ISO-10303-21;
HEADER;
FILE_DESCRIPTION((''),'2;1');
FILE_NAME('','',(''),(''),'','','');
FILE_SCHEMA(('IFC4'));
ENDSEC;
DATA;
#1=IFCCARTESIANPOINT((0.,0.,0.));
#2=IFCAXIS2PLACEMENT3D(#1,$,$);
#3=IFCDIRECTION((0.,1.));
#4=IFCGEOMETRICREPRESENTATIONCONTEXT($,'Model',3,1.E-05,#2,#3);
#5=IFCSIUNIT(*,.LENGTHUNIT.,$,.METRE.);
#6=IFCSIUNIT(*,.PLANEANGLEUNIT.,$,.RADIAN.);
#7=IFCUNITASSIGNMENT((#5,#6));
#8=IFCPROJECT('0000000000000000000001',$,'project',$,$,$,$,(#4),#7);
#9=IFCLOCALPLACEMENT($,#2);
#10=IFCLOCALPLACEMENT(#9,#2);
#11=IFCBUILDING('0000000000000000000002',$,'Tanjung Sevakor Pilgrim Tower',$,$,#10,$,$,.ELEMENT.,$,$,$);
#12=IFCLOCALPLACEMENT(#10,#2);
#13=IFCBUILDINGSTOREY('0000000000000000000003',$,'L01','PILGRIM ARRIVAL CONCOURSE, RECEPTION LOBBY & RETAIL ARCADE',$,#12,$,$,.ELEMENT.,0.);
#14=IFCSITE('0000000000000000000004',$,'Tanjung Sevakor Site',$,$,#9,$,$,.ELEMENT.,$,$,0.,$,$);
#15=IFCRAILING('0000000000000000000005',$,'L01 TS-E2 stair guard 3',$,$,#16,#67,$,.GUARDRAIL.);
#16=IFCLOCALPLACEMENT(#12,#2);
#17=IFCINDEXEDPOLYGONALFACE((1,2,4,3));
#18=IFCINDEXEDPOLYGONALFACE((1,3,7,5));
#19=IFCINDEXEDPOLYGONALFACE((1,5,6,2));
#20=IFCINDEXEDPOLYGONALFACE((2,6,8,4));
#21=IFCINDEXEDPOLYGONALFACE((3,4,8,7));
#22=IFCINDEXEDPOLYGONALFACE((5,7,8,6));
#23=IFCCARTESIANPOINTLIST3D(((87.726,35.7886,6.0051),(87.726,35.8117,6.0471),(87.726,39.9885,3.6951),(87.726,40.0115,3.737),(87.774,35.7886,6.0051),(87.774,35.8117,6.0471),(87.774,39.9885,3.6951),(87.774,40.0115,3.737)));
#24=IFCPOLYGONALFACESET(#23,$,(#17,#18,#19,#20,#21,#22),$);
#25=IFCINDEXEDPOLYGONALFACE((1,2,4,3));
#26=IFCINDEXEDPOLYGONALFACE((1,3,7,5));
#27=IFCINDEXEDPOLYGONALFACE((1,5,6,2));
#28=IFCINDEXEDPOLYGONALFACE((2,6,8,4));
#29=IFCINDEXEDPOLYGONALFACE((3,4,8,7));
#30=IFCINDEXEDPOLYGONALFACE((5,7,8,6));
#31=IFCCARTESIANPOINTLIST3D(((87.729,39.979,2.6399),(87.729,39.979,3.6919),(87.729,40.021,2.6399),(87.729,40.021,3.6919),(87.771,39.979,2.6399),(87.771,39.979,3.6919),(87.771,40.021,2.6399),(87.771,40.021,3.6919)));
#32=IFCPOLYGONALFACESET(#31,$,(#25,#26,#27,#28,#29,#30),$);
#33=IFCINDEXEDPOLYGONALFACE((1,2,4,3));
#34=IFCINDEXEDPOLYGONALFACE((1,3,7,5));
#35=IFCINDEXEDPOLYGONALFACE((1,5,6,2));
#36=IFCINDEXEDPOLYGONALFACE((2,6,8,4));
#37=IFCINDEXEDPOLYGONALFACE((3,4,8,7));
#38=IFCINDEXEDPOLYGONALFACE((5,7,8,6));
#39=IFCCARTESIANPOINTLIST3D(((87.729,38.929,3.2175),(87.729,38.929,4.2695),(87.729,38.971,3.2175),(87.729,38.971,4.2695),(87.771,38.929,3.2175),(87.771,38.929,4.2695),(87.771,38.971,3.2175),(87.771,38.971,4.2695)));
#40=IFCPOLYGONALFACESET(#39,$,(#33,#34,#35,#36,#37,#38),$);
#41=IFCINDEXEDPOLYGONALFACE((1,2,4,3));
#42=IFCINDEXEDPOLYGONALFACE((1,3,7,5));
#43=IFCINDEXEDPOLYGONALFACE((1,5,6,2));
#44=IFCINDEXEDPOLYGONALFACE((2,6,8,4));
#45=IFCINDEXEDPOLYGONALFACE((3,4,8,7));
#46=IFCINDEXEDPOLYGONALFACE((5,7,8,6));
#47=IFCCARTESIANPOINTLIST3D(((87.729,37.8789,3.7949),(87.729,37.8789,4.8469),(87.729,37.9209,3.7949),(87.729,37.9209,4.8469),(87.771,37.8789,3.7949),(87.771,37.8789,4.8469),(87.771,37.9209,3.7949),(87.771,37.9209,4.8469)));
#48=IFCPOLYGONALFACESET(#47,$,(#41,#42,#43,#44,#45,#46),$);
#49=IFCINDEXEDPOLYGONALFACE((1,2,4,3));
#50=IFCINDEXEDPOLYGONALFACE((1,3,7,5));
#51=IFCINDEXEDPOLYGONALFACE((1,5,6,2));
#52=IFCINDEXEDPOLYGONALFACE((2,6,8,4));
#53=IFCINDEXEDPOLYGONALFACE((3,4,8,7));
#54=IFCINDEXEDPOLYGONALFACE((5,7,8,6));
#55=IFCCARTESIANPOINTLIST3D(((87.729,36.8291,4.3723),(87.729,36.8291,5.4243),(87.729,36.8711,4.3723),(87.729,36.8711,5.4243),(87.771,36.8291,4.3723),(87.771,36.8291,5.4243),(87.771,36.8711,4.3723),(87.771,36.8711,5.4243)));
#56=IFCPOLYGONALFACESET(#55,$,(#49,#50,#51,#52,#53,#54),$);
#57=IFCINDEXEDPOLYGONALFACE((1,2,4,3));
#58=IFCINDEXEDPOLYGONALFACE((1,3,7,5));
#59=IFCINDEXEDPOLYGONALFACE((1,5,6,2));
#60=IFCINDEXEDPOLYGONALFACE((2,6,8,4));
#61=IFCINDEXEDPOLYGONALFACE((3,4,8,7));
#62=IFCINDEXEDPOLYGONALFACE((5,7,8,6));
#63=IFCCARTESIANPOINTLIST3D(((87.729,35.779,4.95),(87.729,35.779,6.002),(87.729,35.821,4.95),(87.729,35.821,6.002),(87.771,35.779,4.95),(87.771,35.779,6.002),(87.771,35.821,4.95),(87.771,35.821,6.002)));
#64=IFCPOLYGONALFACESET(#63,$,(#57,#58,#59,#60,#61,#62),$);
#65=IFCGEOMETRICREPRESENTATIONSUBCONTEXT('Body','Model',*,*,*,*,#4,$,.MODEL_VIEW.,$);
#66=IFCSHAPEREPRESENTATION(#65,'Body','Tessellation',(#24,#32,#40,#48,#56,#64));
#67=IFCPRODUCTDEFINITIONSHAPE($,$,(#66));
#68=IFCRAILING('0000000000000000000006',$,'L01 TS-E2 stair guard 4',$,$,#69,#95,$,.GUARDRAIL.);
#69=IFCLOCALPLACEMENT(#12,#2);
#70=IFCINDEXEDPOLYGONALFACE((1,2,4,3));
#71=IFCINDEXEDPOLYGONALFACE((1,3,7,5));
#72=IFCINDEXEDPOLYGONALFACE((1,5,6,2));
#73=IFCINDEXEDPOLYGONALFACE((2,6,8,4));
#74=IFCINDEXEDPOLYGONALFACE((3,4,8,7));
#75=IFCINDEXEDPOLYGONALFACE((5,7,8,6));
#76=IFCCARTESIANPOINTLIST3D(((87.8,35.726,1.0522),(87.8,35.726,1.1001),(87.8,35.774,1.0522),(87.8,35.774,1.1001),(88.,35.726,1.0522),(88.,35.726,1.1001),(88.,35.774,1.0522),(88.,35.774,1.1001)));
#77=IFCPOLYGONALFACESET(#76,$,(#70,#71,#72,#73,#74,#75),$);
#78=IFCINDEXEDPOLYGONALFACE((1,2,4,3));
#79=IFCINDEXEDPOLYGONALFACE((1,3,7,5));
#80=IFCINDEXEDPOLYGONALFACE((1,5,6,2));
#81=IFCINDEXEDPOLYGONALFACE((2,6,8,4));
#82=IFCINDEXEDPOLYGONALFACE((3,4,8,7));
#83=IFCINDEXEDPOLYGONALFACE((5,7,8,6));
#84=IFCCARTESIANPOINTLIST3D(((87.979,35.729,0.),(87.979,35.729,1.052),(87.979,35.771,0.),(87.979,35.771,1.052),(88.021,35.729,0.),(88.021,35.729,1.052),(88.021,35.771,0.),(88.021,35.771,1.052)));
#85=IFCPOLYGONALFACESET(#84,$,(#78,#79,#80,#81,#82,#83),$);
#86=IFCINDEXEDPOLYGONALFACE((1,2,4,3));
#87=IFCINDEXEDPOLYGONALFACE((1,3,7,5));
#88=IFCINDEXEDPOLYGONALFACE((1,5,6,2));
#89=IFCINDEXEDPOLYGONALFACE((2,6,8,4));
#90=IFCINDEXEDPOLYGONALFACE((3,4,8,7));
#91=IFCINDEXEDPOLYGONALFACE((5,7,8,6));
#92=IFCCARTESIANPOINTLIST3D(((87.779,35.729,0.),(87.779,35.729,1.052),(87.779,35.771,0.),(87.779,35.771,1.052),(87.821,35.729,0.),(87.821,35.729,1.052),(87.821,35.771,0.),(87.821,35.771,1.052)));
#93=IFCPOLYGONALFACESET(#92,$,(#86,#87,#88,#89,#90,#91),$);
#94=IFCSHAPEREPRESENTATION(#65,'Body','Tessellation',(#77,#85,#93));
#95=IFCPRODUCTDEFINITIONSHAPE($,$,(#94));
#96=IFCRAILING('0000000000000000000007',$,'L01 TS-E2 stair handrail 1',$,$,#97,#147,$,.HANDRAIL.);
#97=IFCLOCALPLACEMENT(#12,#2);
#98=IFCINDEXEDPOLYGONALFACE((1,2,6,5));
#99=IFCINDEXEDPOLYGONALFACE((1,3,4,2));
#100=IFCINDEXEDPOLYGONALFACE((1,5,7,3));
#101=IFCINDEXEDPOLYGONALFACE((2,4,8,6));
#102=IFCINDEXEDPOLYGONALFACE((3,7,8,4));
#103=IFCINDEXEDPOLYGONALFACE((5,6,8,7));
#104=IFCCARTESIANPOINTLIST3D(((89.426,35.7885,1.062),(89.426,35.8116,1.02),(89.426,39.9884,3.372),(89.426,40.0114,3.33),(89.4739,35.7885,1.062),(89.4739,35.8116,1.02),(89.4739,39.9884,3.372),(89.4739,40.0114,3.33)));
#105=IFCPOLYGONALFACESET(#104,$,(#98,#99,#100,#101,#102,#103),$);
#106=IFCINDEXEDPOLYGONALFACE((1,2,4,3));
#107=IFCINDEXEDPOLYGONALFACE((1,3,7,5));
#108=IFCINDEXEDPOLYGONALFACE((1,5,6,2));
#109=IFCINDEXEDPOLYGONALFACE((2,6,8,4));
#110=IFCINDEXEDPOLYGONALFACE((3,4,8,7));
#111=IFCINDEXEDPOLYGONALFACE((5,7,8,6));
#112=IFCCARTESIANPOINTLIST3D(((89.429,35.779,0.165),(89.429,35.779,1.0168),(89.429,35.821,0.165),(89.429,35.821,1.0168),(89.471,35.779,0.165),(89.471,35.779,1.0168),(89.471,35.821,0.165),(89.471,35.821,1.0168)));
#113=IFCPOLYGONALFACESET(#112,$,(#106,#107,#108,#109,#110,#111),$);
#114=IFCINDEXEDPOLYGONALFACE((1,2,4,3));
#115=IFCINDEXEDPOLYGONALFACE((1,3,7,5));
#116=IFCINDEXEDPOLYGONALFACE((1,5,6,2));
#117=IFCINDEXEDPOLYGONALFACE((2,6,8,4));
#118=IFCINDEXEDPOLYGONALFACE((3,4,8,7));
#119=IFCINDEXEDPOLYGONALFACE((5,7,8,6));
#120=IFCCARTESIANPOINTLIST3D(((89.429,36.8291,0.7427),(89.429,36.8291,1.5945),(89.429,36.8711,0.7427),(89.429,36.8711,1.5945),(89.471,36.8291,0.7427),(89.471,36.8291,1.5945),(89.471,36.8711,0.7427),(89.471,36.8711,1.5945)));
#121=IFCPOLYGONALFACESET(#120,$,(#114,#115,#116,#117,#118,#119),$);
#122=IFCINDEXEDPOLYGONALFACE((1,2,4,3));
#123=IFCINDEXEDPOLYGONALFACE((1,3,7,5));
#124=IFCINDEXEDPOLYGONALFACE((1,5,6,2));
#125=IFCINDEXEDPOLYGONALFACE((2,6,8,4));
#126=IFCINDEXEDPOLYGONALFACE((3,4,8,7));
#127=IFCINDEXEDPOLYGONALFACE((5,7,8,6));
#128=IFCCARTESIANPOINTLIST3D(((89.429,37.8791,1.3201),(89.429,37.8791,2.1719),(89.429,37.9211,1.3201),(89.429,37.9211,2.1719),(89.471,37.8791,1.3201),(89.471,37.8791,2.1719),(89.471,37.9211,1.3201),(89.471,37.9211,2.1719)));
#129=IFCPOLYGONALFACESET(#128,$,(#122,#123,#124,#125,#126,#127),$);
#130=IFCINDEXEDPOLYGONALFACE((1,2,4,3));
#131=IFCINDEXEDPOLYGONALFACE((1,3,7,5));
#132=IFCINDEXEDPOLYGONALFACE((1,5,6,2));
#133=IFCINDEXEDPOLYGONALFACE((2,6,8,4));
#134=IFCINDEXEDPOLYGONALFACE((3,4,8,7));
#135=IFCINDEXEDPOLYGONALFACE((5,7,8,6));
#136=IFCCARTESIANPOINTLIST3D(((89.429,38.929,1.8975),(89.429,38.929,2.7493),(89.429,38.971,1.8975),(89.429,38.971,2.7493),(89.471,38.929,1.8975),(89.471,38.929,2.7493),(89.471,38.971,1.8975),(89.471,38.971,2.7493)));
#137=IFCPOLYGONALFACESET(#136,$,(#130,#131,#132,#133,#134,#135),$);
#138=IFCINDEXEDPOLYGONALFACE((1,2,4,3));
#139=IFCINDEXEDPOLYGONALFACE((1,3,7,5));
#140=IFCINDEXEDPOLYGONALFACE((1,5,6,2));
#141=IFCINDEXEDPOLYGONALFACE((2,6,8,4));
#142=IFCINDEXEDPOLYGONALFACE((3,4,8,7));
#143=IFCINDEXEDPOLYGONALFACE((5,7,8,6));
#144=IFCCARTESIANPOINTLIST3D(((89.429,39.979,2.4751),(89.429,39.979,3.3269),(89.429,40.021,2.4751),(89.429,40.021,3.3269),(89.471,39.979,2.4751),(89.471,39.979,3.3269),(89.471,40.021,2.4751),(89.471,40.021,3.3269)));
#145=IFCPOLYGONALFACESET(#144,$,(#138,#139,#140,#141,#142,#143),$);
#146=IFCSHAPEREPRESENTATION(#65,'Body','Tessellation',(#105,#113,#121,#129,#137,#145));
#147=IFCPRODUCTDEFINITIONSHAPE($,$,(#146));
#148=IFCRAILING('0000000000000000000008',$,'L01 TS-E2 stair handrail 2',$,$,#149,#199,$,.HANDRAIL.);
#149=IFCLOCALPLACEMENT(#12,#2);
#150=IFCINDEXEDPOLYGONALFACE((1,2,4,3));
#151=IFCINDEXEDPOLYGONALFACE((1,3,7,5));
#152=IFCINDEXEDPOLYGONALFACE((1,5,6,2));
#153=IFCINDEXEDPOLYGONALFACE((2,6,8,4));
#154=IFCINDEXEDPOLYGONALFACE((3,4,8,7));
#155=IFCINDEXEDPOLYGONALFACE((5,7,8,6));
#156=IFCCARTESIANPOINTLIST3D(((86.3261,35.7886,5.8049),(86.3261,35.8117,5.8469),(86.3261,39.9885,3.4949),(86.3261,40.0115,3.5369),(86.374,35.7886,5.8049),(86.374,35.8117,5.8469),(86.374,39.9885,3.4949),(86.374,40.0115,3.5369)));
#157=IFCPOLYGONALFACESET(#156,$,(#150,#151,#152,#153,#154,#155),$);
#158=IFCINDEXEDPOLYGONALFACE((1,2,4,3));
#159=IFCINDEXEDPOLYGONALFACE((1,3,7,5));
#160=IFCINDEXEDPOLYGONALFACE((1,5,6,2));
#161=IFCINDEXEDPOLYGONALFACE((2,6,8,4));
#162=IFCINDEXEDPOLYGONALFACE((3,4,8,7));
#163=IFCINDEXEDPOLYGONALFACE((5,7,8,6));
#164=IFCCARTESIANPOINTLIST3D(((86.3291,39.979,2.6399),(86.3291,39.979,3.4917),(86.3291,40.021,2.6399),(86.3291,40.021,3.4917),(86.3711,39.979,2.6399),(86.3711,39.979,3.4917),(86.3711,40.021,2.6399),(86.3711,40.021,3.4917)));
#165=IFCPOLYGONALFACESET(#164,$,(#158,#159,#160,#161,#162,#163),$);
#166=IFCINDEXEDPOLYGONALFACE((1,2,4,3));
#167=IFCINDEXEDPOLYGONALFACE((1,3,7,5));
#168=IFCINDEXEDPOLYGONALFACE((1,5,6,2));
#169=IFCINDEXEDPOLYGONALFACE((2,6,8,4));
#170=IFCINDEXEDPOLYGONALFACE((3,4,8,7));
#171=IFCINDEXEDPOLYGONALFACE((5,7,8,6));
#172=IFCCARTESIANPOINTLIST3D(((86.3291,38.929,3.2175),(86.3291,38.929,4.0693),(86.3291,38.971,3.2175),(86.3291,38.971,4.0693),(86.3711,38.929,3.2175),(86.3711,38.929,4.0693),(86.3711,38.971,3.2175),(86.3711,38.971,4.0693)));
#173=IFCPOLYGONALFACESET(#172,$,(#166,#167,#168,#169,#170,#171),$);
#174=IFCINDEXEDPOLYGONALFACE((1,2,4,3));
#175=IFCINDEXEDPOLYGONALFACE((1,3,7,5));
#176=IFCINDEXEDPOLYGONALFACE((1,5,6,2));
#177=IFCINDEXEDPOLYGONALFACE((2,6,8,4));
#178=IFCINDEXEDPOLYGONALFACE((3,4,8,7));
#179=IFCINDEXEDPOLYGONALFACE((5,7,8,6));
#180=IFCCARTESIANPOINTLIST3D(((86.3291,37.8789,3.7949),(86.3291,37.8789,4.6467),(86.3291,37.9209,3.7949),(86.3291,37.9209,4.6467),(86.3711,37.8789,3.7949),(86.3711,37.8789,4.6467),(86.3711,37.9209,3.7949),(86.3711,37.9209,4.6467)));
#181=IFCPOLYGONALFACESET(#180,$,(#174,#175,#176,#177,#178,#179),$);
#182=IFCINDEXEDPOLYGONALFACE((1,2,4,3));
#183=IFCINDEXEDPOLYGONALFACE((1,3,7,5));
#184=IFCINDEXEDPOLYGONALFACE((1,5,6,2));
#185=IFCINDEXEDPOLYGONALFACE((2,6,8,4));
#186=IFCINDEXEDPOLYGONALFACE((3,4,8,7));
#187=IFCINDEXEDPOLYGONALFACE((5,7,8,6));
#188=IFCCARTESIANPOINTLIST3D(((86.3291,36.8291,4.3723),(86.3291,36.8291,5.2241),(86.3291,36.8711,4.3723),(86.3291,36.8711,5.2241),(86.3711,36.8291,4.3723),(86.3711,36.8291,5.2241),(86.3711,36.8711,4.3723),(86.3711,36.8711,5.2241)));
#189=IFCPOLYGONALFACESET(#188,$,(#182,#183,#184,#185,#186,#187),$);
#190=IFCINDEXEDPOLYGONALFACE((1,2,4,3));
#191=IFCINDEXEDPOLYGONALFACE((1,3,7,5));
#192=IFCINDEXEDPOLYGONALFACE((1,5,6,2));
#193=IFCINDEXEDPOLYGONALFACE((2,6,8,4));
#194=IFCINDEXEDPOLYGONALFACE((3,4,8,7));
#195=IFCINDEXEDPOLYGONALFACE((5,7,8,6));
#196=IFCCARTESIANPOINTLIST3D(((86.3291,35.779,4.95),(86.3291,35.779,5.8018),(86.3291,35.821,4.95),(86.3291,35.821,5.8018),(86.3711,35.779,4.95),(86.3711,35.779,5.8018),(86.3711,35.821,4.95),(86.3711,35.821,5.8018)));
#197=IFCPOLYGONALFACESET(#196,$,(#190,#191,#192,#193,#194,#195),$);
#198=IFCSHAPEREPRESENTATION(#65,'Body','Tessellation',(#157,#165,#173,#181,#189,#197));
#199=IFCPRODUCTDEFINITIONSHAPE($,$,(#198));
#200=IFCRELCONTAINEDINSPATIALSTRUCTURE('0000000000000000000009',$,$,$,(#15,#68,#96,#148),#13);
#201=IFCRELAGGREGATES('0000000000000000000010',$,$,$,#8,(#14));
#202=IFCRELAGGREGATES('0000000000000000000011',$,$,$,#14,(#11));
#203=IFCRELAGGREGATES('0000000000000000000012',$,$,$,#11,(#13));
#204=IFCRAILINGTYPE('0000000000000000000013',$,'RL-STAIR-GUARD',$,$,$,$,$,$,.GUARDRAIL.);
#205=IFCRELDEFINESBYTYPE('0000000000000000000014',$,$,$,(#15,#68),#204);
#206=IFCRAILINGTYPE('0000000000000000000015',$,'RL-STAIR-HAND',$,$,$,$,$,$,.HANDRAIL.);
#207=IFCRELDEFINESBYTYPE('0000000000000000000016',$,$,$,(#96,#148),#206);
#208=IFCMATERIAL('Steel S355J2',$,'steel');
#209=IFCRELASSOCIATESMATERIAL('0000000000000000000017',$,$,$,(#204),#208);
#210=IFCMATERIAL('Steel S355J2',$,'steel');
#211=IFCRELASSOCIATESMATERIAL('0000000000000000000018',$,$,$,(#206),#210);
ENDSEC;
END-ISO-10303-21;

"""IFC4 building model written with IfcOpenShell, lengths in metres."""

from ifc_helpers import new_model, si_unit, direction, frame, origin, place, context, subcontext, project, spatial, rectangle, extrude, material, type_object, element, save


model = new_model("IFC4")

# Units and contexts
model_context = context("Model", 3, precision=1e-05, world=origin(), true_north=direction((0.0, 1.0)))
body_context = subcontext(model_context, "Body", "Model", "MODEL_VIEW")
ifc_project = project(units=[si_unit("LENGTHUNIT", "METRE"), si_unit("PLANEANGLEUNIT", "RADIAN")], contexts=[model_context])

# Site, building, storey
site_placement = place(None, origin())
site = spatial("IfcSite", under=ifc_project, at=site_placement, Name="Tanjung Sevakor Site", CompositionType="ELEMENT", RefElevation=0.0)
building_placement = place(site_placement, origin())
building = spatial("IfcBuilding", under=site, at=building_placement, Name="Tanjung Sevakor Pilgrim Tower", CompositionType="ELEMENT")
storey_placement = place(building_placement, origin())
storey = spatial("IfcBuildingStorey", under=building, at=storey_placement, Name="L01", Description="PILGRIM ARRIVAL CONCOURSE, RECEPTION LOBBY & RETAIL ARCADE", CompositionType="ELEMENT", Elevation=0.0)

# Railings
ifc_material_1 = material(Name="Steel S355J2", Category="steel")
railing_type_1 = type_object("IfcRailingType", Name="RL-STAIR-GUARD", PredefinedType="GUARDRAIL", material=ifc_material_1)
railing_1_placement = place(storey_placement, frame((87.75, 40.0, 2.6399)))
element("IfcRailing", 1, at=railing_1_placement, inside=storey, type_object=railing_type_1, Name="L01 TS-E2 stair guard 3", PredefinedType="GUARDRAIL", context=body_context, shape_type="SweptSolid", body=[
    extrude(rectangle(XDim=0.0479, YDim=0.0479), frame((0.0, 0.0, 1.0762), z_axis=(0.0, -0.876208, 0.481932), x_axis=(1.0, 0.0, 0.0)), (0.0, 0.0, 1.0), 4.7932),
    extrude(rectangle(XDim=0.042, YDim=0.042), origin(), (0.0, 0.0, 1.0), 1.052),
    extrude(rectangle(XDim=0.042, YDim=0.042), frame((0.0, -1.05, 0.5776)), (0.0, 0.0, 1.0), 1.052),
    extrude(rectangle(XDim=0.042, YDim=0.042), frame((0.0, -2.1001, 1.155)), (0.0, 0.0, 1.0), 1.052),
    extrude(rectangle(XDim=0.042, YDim=0.042), frame((0.0, -3.1499, 1.7324)), (0.0, 0.0, 1.0), 1.052),
    extrude(rectangle(XDim=0.042, YDim=0.042), frame((0.0, -4.2, 2.3101)), (0.0, 0.0, 1.0), 1.052),
])
railing_2_placement = place(storey_placement, frame((88.0, 35.75, 0.0)))
element("IfcRailing", 2, at=railing_2_placement, inside=storey, type_object=railing_type_1, Name="L01 TS-E2 stair guard 4", PredefinedType="GUARDRAIL", context=body_context, shape_type="SweptSolid", body=[
    extrude(rectangle(XDim=0.0479, YDim=0.0479), frame((0.0, 0.0, 1.0762), z_axis=(-1.0, 0.0, 0.0), x_axis=(0.0, -1.0, 0.0)), (0.0, 0.0, 1.0), 0.2),
    extrude(rectangle(XDim=0.042, YDim=0.042), origin(), (0.0, 0.0, 1.0), 1.052),
    extrude(rectangle(XDim=0.042, YDim=0.042), frame((-0.2, 0.0, 0.0)), (0.0, 0.0, 1.0), 1.052),
])
ifc_material_2 = material(Name="Steel S355J2", Category="steel")
railing_type_2 = type_object("IfcRailingType", Name="RL-STAIR-HAND", PredefinedType="HANDRAIL", material=ifc_material_2)
railing_3_placement = place(storey_placement, frame((89.45, 35.8, 0.165)))
element("IfcRailing", 3, at=railing_3_placement, inside=storey, type_object=railing_type_2, Name="L01 TS-E2 stair handrail 1", PredefinedType="HANDRAIL", context=body_context, shape_type="SweptSolid", body=[
    extrude(rectangle(XDim=0.0479, YDim=0.0479), frame((0.0, 0.0, 0.876), z_axis=(0.0, 0.876208, 0.481932), x_axis=(-1.0, 0.0, 0.0)), (0.0, 0.0, 1.0), 4.7932),
    extrude(rectangle(XDim=0.042, YDim=0.042), origin(), (0.0, 0.0, 1.0), 0.8518),
    extrude(rectangle(XDim=0.042, YDim=0.042), frame((0.0, 1.05, 0.5776)), (0.0, 0.0, 1.0), 0.8518),
    extrude(rectangle(XDim=0.042, YDim=0.042), frame((0.0, 2.1001, 1.155)), (0.0, 0.0, 1.0), 0.8518),
    extrude(rectangle(XDim=0.042, YDim=0.042), frame((0.0, 3.1499, 1.7324)), (0.0, 0.0, 1.0), 0.8518),
    extrude(rectangle(XDim=0.042, YDim=0.042), frame((0.0, 4.2, 2.3101)), (0.0, 0.0, 1.0), 0.8518),
])
railing_4_placement = place(storey_placement, frame((86.3501, 40.0, 2.6399)))
element("IfcRailing", 4, at=railing_4_placement, inside=storey, type_object=railing_type_2, Name="L01 TS-E2 stair handrail 2", PredefinedType="HANDRAIL", context=body_context, shape_type="SweptSolid", body=[
    extrude(rectangle(XDim=0.0479, YDim=0.0479), frame((0.0, 0.0, 0.876), z_axis=(0.0, -0.876208, 0.481932), x_axis=(1.0, 0.0, 0.0)), (0.0, 0.0, 1.0), 4.7932),
    extrude(rectangle(XDim=0.042, YDim=0.042), origin(), (0.0, 0.0, 1.0), 0.8518),
    extrude(rectangle(XDim=0.042, YDim=0.042), frame((0.0, -1.05, 0.5776)), (0.0, 0.0, 1.0), 0.8518),
    extrude(rectangle(XDim=0.042, YDim=0.042), frame((0.0, -2.1001, 1.155)), (0.0, 0.0, 1.0), 0.8518),
    extrude(rectangle(XDim=0.042, YDim=0.042), frame((0.0, -3.1499, 1.7324)), (0.0, 0.0, 1.0), 0.8518),
    extrude(rectangle(XDim=0.042, YDim=0.042), frame((0.0, -4.2, 2.3101)), (0.0, 0.0, 1.0), 0.8518),
])

save(model, "model.ifc")
